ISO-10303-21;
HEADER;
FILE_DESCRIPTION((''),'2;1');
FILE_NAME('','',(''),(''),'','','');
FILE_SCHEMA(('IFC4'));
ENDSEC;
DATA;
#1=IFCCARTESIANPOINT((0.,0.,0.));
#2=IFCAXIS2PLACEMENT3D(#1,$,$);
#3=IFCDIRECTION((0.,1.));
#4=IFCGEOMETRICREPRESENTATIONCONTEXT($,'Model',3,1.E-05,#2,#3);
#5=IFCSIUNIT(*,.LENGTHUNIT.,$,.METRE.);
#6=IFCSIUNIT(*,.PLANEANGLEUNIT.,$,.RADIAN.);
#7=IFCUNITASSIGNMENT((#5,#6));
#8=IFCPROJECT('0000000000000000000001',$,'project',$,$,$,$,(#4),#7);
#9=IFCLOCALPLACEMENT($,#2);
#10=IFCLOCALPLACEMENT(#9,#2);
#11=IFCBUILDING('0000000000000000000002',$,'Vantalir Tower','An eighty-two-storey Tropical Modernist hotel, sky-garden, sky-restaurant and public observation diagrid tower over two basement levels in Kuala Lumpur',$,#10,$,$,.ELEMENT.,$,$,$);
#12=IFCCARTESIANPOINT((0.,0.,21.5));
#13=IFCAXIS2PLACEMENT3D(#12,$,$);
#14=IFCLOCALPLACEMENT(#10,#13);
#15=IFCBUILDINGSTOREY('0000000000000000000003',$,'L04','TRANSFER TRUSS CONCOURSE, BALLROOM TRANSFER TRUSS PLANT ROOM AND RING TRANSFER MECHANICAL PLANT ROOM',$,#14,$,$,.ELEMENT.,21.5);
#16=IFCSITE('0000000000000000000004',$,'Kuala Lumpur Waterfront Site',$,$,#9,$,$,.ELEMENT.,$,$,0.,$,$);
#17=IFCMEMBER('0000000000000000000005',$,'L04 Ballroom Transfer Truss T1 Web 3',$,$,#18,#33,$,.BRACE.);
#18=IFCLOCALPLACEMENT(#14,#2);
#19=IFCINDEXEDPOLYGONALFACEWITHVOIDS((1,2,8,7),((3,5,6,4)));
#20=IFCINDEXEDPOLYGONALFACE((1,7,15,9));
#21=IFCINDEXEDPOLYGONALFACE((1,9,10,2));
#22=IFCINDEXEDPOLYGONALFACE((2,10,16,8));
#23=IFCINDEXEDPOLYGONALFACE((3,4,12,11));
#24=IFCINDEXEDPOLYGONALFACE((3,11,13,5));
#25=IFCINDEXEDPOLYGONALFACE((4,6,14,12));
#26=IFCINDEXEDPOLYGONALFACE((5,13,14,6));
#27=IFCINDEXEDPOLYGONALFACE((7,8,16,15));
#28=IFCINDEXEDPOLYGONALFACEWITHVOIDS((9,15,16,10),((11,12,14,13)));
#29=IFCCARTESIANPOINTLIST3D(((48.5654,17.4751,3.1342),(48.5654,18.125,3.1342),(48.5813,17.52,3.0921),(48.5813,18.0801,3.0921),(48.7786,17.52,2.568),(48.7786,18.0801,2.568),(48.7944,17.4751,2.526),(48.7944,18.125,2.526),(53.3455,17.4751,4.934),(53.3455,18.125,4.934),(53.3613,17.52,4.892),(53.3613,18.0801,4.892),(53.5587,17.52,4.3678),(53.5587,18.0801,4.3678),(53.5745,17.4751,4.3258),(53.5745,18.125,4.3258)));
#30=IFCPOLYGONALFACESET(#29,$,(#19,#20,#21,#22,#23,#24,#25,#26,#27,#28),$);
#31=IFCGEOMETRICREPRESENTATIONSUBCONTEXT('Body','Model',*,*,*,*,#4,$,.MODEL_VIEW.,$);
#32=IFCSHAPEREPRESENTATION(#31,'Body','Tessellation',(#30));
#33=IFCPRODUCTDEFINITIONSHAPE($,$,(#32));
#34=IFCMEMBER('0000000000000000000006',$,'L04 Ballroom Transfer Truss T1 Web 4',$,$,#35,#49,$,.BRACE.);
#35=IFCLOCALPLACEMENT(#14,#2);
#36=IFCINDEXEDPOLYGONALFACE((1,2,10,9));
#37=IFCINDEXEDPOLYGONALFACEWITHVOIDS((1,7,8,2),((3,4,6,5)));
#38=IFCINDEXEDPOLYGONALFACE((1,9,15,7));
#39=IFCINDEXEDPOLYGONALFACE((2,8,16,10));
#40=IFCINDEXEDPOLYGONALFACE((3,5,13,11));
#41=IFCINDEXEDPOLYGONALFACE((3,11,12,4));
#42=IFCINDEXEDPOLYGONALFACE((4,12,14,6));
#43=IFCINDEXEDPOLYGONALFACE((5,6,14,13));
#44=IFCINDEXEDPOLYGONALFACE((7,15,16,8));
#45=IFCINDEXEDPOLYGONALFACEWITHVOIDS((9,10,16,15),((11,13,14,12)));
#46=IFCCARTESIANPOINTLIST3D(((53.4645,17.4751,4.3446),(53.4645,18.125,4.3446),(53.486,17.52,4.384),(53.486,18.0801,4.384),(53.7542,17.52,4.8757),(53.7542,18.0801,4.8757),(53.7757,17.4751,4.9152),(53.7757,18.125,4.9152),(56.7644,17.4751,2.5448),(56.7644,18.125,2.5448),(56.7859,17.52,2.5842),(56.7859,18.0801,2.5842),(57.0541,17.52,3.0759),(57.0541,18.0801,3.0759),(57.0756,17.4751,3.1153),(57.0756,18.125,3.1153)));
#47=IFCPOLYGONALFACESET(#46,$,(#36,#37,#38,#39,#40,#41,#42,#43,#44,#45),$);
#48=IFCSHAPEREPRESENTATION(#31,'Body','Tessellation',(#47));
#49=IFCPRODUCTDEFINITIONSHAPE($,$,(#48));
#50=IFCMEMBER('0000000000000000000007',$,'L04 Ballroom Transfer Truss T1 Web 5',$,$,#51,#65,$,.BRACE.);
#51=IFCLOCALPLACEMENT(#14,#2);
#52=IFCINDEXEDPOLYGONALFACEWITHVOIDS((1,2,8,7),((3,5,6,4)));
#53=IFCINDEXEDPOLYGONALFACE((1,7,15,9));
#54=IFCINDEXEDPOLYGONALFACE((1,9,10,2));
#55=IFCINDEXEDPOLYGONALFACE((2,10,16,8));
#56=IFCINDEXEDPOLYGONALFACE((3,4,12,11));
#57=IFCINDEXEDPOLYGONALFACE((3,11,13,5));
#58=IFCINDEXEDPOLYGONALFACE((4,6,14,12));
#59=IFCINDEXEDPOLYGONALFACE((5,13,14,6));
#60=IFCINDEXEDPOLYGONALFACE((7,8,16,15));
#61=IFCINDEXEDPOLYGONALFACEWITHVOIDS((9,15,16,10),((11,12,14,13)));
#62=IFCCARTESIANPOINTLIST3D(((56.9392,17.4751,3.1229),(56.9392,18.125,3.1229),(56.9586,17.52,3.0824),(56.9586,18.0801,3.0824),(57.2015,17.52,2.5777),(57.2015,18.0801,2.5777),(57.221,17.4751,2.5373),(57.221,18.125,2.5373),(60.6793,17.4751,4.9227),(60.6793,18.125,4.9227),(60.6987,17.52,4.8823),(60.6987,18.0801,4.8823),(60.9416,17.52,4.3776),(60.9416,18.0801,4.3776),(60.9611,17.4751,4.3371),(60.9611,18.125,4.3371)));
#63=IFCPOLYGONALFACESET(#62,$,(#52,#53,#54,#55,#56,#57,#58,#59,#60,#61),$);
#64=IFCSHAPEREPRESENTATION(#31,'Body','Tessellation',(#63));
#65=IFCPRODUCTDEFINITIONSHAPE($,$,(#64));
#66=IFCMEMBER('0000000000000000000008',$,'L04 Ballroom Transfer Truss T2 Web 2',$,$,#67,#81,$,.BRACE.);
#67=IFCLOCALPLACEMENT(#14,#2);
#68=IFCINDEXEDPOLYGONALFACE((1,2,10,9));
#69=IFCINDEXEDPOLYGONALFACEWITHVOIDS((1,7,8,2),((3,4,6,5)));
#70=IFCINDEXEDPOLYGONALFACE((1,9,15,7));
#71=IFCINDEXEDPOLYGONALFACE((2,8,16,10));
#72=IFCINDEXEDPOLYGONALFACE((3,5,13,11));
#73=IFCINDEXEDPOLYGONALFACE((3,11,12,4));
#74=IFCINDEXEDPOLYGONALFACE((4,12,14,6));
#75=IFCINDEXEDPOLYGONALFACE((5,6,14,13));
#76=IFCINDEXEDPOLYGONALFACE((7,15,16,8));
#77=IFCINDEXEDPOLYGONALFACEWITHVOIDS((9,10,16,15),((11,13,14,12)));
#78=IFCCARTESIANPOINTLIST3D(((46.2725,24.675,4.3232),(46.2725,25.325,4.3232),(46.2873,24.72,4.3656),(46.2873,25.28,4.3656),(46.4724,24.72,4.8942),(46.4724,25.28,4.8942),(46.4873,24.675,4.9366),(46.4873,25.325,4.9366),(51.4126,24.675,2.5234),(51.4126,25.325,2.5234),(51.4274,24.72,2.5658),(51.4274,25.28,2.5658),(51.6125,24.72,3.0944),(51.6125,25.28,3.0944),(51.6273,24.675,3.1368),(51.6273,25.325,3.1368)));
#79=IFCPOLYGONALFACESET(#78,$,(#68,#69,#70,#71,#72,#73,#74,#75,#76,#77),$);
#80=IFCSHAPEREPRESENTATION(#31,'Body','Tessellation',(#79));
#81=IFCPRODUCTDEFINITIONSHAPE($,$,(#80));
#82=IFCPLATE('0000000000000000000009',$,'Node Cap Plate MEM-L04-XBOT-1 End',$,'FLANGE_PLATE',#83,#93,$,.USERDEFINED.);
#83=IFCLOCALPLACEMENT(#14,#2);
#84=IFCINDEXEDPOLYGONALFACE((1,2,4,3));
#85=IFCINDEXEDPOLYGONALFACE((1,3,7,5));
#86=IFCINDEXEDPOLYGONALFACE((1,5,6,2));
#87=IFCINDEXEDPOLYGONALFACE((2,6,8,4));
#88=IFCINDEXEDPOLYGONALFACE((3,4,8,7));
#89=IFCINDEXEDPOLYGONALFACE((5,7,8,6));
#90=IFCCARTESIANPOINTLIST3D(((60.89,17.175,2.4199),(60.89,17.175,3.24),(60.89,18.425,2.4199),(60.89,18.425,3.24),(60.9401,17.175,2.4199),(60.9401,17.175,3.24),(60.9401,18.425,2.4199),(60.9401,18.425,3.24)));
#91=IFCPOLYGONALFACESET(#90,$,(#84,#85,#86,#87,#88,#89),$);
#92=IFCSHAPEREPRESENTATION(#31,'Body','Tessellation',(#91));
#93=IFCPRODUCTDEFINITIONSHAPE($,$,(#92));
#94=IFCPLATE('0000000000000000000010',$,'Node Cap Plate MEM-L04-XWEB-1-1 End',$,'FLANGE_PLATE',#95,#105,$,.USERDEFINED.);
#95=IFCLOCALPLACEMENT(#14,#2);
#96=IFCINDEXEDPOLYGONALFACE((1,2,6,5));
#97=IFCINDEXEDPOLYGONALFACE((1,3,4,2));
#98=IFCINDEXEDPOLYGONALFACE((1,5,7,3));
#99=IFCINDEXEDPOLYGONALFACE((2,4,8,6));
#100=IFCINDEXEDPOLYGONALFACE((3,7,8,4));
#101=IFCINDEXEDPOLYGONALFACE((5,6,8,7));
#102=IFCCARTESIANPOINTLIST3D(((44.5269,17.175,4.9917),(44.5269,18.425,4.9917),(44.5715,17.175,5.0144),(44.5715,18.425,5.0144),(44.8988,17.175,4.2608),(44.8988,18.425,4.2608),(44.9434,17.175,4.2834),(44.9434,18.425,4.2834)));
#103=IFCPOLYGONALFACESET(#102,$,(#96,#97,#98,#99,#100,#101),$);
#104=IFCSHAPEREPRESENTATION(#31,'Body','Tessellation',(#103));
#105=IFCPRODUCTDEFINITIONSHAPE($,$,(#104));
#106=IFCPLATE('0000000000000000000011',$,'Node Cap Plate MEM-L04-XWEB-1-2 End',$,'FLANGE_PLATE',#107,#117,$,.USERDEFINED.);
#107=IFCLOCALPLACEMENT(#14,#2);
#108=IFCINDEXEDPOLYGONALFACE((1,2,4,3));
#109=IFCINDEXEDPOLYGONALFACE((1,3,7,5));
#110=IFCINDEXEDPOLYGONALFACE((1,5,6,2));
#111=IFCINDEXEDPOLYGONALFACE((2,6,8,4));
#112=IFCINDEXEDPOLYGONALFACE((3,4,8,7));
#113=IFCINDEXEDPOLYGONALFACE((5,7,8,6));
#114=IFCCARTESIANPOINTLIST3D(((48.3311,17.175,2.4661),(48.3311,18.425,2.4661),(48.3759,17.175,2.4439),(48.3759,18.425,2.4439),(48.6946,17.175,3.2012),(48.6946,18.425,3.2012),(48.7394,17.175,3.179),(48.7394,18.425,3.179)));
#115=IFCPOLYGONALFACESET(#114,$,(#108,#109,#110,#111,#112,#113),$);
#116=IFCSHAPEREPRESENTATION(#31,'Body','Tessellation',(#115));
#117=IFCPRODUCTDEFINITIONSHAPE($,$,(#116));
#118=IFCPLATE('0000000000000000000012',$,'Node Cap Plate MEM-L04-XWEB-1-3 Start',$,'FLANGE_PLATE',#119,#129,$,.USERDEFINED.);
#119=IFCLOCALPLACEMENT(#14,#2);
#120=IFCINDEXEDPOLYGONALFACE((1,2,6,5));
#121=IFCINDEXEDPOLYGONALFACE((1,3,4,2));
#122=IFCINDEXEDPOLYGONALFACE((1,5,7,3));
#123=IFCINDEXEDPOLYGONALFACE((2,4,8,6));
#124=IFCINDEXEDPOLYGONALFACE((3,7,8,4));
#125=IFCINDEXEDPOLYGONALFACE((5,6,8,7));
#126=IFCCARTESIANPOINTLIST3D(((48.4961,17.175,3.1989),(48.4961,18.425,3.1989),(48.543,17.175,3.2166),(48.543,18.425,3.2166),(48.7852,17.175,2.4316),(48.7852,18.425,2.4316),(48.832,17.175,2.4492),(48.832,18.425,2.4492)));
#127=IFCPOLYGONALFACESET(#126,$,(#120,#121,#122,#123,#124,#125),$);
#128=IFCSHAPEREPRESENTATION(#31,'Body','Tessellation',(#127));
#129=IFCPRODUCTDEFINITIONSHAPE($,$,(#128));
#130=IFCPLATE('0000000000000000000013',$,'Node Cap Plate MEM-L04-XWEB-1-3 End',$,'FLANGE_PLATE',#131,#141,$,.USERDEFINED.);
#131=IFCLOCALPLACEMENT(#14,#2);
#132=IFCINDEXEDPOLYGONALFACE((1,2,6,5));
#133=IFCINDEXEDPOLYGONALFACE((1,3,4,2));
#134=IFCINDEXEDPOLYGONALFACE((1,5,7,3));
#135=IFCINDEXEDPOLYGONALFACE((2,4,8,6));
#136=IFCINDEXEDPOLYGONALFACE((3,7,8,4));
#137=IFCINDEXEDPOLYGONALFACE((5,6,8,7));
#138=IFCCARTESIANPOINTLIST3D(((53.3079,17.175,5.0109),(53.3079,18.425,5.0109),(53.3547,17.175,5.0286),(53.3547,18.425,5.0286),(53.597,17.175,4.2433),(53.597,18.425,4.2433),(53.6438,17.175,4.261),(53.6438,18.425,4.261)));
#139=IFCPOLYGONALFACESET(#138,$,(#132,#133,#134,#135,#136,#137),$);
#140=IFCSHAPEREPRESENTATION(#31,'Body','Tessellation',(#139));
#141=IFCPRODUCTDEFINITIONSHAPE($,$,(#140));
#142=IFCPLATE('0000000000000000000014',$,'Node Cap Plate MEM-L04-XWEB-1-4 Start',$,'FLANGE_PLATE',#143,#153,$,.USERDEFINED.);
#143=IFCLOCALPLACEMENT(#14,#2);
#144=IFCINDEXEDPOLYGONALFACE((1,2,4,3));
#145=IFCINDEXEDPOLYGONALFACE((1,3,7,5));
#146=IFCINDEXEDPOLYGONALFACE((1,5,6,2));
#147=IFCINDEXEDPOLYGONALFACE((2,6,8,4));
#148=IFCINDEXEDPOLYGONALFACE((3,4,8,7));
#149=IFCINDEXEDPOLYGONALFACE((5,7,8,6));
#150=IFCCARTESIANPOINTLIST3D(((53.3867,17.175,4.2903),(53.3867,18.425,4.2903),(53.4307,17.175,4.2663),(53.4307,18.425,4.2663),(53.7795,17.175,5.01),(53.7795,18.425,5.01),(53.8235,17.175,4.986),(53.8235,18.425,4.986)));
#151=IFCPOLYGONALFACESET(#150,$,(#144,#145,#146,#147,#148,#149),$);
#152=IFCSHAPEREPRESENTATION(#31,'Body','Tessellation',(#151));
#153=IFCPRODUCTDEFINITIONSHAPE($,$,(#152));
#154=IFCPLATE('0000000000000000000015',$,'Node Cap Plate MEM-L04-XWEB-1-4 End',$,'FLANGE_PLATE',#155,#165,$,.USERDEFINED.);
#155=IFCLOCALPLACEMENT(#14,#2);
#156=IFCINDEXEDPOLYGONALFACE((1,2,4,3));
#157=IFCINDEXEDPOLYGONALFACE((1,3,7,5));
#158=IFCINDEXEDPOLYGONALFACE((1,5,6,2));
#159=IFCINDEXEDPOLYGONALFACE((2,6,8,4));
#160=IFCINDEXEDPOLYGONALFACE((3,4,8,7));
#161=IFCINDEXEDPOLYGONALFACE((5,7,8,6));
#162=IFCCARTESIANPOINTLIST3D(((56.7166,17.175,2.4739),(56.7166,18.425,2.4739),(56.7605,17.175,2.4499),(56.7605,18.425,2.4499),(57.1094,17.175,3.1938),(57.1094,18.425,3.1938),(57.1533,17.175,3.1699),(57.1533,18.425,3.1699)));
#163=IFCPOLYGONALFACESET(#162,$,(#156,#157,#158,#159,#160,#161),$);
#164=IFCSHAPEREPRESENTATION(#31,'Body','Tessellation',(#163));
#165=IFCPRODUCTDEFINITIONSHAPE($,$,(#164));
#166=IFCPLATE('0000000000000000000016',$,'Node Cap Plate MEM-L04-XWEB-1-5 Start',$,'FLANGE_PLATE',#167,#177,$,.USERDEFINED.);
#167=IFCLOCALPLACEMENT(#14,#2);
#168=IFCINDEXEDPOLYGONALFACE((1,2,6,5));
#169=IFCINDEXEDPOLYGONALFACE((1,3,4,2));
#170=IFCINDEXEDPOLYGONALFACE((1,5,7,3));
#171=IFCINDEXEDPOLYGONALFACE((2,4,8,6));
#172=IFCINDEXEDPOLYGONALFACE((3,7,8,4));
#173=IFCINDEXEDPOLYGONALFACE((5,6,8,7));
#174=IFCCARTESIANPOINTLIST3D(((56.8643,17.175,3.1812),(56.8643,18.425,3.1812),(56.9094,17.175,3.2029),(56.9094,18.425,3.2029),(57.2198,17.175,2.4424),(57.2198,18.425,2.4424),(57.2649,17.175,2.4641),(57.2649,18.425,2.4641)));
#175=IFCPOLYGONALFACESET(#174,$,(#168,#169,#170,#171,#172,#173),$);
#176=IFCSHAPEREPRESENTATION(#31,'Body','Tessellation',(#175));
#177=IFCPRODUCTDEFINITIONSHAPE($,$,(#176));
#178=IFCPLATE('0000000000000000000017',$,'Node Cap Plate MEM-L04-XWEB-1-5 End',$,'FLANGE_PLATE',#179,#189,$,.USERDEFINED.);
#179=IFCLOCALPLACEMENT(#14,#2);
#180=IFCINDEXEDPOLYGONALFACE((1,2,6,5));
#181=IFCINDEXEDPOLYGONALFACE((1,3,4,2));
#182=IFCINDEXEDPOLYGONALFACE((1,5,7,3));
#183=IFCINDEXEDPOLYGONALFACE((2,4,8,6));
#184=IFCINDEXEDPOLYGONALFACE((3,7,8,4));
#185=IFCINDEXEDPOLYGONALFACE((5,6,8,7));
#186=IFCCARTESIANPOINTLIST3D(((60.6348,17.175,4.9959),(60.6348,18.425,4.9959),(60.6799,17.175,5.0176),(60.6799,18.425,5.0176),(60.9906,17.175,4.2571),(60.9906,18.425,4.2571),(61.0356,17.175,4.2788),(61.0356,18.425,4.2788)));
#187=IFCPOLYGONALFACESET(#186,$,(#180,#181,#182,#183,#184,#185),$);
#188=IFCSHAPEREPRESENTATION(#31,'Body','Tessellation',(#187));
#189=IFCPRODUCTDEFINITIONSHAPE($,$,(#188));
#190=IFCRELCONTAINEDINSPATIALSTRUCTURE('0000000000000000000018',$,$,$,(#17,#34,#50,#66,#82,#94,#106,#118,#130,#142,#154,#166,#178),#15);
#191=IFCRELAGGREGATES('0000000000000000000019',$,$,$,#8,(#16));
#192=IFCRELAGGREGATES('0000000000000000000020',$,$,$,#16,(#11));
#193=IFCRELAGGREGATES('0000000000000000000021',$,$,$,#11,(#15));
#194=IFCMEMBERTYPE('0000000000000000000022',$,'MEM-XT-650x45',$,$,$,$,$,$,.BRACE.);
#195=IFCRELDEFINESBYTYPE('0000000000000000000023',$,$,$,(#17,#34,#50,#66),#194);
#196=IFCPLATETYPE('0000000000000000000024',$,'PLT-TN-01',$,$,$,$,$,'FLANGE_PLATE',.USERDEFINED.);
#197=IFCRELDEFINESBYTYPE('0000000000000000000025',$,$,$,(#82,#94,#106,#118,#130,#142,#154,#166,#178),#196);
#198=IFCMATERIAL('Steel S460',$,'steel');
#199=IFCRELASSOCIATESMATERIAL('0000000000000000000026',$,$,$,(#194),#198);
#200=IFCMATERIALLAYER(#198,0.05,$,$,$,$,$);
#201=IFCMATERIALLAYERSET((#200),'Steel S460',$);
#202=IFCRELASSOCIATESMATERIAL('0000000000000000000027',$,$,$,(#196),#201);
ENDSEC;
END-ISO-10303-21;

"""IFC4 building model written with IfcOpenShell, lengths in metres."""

from ifc_helpers import new_model, si_unit, direction, frame, origin, origin_2d, place, context, subcontext, project, spatial, polyline, rectangle, hollow_rectangle, outline, extrude, material, layer, layer_set, material_profile, profile_set, type_object, element, save


model = new_model("IFC4")

# Units and contexts
model_context = context("Model", 3, precision=1e-05, world=origin(), true_north=direction((0.0, 1.0)))
body_context = subcontext(model_context, "Body", "Model", "MODEL_VIEW")
ifc_project = project(units=[si_unit("LENGTHUNIT", "METRE"), si_unit("PLANEANGLEUNIT", "RADIAN")], contexts=[model_context])

# Site, building, storey
site_placement = place(None, origin())
site = spatial("IfcSite", under=ifc_project, at=site_placement, Name="Kuala Lumpur Waterfront Site", CompositionType="ELEMENT", RefElevation=0.0)
building_placement = place(site_placement, origin())
building = spatial("IfcBuilding", under=site, at=building_placement, Name="Vantalir Tower", Description="An eighty-two-storey Tropical Modernist hotel, sky-garden, sky-restaurant and public observation diagrid tower over two basement levels in Kuala Lumpur", CompositionType="ELEMENT")
storey_placement = place(building_placement, frame((0.0, 0.0, 21.5)))
storey = spatial("IfcBuildingStorey", under=building, at=storey_placement, Name="L04", Description="TRANSFER TRUSS CONCOURSE, BALLROOM TRANSFER TRUSS PLANT ROOM AND RING TRANSFER MECHANICAL PLANT ROOM", CompositionType="ELEMENT", Elevation=21.5)

# Shared definitions
ifc_material_1 = material(Name="Steel S460", Category="steel")

# Members
ifc_material_profile_1 = material_profile(ifc_material_1, hollow_rectangle(XDim=0.6499, YDim=0.6499, WallThickness=0.0449, at=origin_2d()), Name="Steel S460")
ifc_profile_set_1 = profile_set([ifc_material_profile_1], Name="Steel S460")
member_type = type_object("IfcMemberType", Name="MEM-XT-650x45", PredefinedType="BRACE", material=ifc_profile_set_1)
member_1_placement = place(storey_placement, frame((48.6799, 17.8, 2.8301), z_axis=(0.935859, 0.0, 0.352375), x_axis=(0.0, 1.0, 0.0)))
element("IfcMember", 1, at=member_1_placement, inside=storey, type_object=member_type, Name="L04 Ballroom Transfer Truss T1 Web 3", PredefinedType="BRACE", context=body_context, shape_type="SweptSolid", body=[
    extrude(hollow_rectangle(XDim=0.6499, YDim=0.6499, WallThickness=0.0449, at=origin_2d()), origin(), (0.0, 0.0, 1.0), 5.1077),
])
member_2_placement = place(storey_placement, frame((53.6201, 17.8, 4.6299), z_axis=(0.877906, 0.0, -0.478834), x_axis=(0.0, 1.0, 0.0)))
element("IfcMember", 2, at=member_2_placement, inside=storey, type_object=member_type, Name="L04 Ballroom Transfer Truss T1 Web 4", PredefinedType="BRACE", context=body_context, shape_type="SweptSolid", body=[
    extrude(hollow_rectangle(XDim=0.6499, YDim=0.6499, WallThickness=0.0449, at=origin_2d()), origin(), (0.0, 0.0, 1.0), 3.7588),
])
member_3_placement = place(storey_placement, frame((57.0801, 17.8, 2.8301), z_axis=(0.901089, 0.0, 0.433633), x_axis=(0.0, 1.0, 0.0)))
element("IfcMember", 3, at=member_3_placement, inside=storey, type_object=member_type, Name="L04 Ballroom Transfer Truss T1 Web 5", PredefinedType="BRACE", context=body_context, shape_type="SweptSolid", body=[
    extrude(hollow_rectangle(XDim=0.6499, YDim=0.6499, WallThickness=0.0449, at=origin_2d()), origin(), (0.0, 0.0, 1.0), 4.1506),
])
member_4_placement = place(storey_placement, frame((46.3799, 25.0, 4.6299), z_axis=(0.943815, 0.0, -0.330474), x_axis=(0.0, 1.0, 0.0)))
element("IfcMember", 4, at=member_4_placement, inside=storey, type_object=member_type, Name="L04 Ballroom Transfer Truss T2 Web 2", PredefinedType="BRACE", context=body_context, shape_type="SweptSolid", body=[
    extrude(hollow_rectangle(XDim=0.6499, YDim=0.6499, WallThickness=0.0449, at=origin_2d()), origin(), (0.0, 0.0, 1.0), 5.446),
])

# Plates
ifc_layer_1 = layer(ifc_material_1, 0.05)
ifc_layer_set_1 = layer_set([ifc_layer_1], Name="Steel S460")
plate_type = type_object("IfcPlateType", Name="PLT-TN-01", ElementType="FLANGE_PLATE", PredefinedType="USERDEFINED", material=ifc_layer_set_1)
plate_1_placement = place(storey_placement, frame((60.915, 17.8, 2.4199), z_axis=(0.0, 0.0, 1.0), x_axis=(1.0, 0.0, 0.0)))
element("IfcPlate", 5, at=plate_1_placement, inside=storey, type_object=plate_type, Name="Node Cap Plate MEM-L04-XBOT-1 End", ObjectType="FLANGE_PLATE", PredefinedType="USERDEFINED", context=body_context, shape_type="SweptSolid", body=[
    extrude(rectangle(XDim=0.05, YDim=1.25, at=origin_2d()), origin(), (0.0, 0.0, 1.0), 0.8201),
])
plate_2_placement = place(storey_placement, frame((44.9434, 17.175, 4.2834), z_axis=(0.89131, 0.0, 0.453395), x_axis=(0.0, 1.0, 0.0)))
element("IfcPlate", 6, at=plate_2_placement, inside=storey, type_object=plate_type, Name="Node Cap Plate MEM-L04-XWEB-1-1 End", ObjectType="FLANGE_PLATE", PredefinedType="USERDEFINED", context=body_context, shape_type="SweptSolid", body=[
    extrude(outline(polyline([(0.0, 0.0), (1.25, 0.0), (1.25, 0.8201), (0.0, 0.8201), (0.0, 0.0)])), origin(), (0.0, 0.0, -1.0), 0.05),
])
plate_3_placement = place(storey_placement, frame((48.3311, 18.425, 2.4661), z_axis=(-0.896383, 0.0, 0.44328), x_axis=(0.0, -1.0, 0.0)))
element("IfcPlate", 7, at=plate_3_placement, inside=storey, type_object=plate_type, Name="Node Cap Plate MEM-L04-XWEB-1-2 End", ObjectType="FLANGE_PLATE", PredefinedType="USERDEFINED", context=body_context, shape_type="SweptSolid", body=[
    extrude(outline(polyline([(0.0, 0.0), (1.25, 0.0), (1.25, 0.8201), (0.0, 0.8201), (0.0, 0.0)])), origin(), (0.0, 0.0, -1.0), 0.05),
])
plate_4_placement = place(storey_placement, frame((48.832, 17.175, 2.4492), z_axis=(0.935802, 0.0, 0.352526), x_axis=(0.0, 1.0, 0.0)))
element("IfcPlate", 8, at=plate_4_placement, inside=storey, type_object=plate_type, Name="Node Cap Plate MEM-L04-XWEB-1-3 Start", ObjectType="FLANGE_PLATE", PredefinedType="USERDEFINED", context=body_context, shape_type="SweptSolid", body=[
    extrude(outline(polyline([(0.0, 0.0), (1.25, 0.0), (1.25, 0.82), (0.0, 0.82), (0.0, 0.0)])), origin(), (0.0, 0.0, -1.0), 0.05),
])
plate_5_placement = place(storey_placement, frame((53.6438, 17.175, 4.261), z_axis=(0.935839, 0.0, 0.352428), x_axis=(0.0, 1.0, 0.0)))
element("IfcPlate", 9, at=plate_5_placement, inside=storey, type_object=plate_type, Name="Node Cap Plate MEM-L04-XWEB-1-3 End", ObjectType="FLANGE_PLATE", PredefinedType="USERDEFINED", context=body_context, shape_type="SweptSolid", body=[
    extrude(outline(polyline([(0.0, 0.0), (1.25, 0.0), (1.25, 0.8202), (0.0, 0.8202), (0.0, 0.0)])), origin(), (0.0, 0.0, -1.0), 0.05),
])
plate_6_placement = place(storey_placement, frame((53.3867, 18.425, 4.2903), z_axis=(-0.87777, 0.0, 0.479082), x_axis=(0.0, -1.0, 0.0)))
element("IfcPlate", 10, at=plate_6_placement, inside=storey, type_object=plate_type, Name="Node Cap Plate MEM-L04-XWEB-1-4 Start", ObjectType="FLANGE_PLATE", PredefinedType="USERDEFINED", context=body_context, shape_type="SweptSolid", body=[
    extrude(outline(polyline([(0.0, 0.0), (1.25, 0.0), (1.25, 0.8199), (0.0, 0.8199), (0.0, 0.0)])), origin(), (0.0, 0.0, -1.0), 0.05),
])
plate_7_placement = place(storey_placement, frame((56.7166, 18.425, 2.4739), z_axis=(-0.877839, 0.0, 0.478956), x_axis=(0.0, -1.0, 0.0)))
element("IfcPlate", 11, at=plate_7_placement, inside=storey, type_object=plate_type, Name="Node Cap Plate MEM-L04-XWEB-1-4 End", ObjectType="FLANGE_PLATE", PredefinedType="USERDEFINED", context=body_context, shape_type="SweptSolid", body=[
    extrude(outline(polyline([(0.0, 0.0), (1.25, 0.0), (1.25, 0.8202), (0.0, 0.8202), (0.0, 0.0)])), origin(), (0.0, 0.0, -1.0), 0.05),
])
plate_8_placement = place(storey_placement, frame((57.2649, 17.175, 2.4641), z_axis=(0.901114, 0.0, 0.433583), x_axis=(0.0, 1.0, 0.0)))
element("IfcPlate", 12, at=plate_8_placement, inside=storey, type_object=plate_type, Name="Node Cap Plate MEM-L04-XWEB-1-5 Start", ObjectType="FLANGE_PLATE", PredefinedType="USERDEFINED", context=body_context, shape_type="SweptSolid", body=[
    extrude(outline(polyline([(0.0, 0.0), (1.25, 0.0), (1.25, 0.8198), (0.0, 0.8198), (0.0, 0.0)])), origin(), (0.0, 0.0, -1.0), 0.05),
])
plate_9_placement = place(storey_placement, frame((61.0356, 17.175, 4.2788), z_axis=(0.900997, 0.0, 0.433825), x_axis=(0.0, 1.0, 0.0)))
element("IfcPlate", 13, at=plate_9_placement, inside=storey, type_object=plate_type, Name="Node Cap Plate MEM-L04-XWEB-1-5 End", ObjectType="FLANGE_PLATE", PredefinedType="USERDEFINED", context=body_context, shape_type="SweptSolid", body=[
    extrude(outline(polyline([(0.0, 0.0), (1.25, 0.0), (1.25, 0.8199), (0.0, 0.8199), (0.0, 0.0)])), origin(), (0.0, 0.0, -1.0), 0.05),
])

save(model, "model.ifc")
